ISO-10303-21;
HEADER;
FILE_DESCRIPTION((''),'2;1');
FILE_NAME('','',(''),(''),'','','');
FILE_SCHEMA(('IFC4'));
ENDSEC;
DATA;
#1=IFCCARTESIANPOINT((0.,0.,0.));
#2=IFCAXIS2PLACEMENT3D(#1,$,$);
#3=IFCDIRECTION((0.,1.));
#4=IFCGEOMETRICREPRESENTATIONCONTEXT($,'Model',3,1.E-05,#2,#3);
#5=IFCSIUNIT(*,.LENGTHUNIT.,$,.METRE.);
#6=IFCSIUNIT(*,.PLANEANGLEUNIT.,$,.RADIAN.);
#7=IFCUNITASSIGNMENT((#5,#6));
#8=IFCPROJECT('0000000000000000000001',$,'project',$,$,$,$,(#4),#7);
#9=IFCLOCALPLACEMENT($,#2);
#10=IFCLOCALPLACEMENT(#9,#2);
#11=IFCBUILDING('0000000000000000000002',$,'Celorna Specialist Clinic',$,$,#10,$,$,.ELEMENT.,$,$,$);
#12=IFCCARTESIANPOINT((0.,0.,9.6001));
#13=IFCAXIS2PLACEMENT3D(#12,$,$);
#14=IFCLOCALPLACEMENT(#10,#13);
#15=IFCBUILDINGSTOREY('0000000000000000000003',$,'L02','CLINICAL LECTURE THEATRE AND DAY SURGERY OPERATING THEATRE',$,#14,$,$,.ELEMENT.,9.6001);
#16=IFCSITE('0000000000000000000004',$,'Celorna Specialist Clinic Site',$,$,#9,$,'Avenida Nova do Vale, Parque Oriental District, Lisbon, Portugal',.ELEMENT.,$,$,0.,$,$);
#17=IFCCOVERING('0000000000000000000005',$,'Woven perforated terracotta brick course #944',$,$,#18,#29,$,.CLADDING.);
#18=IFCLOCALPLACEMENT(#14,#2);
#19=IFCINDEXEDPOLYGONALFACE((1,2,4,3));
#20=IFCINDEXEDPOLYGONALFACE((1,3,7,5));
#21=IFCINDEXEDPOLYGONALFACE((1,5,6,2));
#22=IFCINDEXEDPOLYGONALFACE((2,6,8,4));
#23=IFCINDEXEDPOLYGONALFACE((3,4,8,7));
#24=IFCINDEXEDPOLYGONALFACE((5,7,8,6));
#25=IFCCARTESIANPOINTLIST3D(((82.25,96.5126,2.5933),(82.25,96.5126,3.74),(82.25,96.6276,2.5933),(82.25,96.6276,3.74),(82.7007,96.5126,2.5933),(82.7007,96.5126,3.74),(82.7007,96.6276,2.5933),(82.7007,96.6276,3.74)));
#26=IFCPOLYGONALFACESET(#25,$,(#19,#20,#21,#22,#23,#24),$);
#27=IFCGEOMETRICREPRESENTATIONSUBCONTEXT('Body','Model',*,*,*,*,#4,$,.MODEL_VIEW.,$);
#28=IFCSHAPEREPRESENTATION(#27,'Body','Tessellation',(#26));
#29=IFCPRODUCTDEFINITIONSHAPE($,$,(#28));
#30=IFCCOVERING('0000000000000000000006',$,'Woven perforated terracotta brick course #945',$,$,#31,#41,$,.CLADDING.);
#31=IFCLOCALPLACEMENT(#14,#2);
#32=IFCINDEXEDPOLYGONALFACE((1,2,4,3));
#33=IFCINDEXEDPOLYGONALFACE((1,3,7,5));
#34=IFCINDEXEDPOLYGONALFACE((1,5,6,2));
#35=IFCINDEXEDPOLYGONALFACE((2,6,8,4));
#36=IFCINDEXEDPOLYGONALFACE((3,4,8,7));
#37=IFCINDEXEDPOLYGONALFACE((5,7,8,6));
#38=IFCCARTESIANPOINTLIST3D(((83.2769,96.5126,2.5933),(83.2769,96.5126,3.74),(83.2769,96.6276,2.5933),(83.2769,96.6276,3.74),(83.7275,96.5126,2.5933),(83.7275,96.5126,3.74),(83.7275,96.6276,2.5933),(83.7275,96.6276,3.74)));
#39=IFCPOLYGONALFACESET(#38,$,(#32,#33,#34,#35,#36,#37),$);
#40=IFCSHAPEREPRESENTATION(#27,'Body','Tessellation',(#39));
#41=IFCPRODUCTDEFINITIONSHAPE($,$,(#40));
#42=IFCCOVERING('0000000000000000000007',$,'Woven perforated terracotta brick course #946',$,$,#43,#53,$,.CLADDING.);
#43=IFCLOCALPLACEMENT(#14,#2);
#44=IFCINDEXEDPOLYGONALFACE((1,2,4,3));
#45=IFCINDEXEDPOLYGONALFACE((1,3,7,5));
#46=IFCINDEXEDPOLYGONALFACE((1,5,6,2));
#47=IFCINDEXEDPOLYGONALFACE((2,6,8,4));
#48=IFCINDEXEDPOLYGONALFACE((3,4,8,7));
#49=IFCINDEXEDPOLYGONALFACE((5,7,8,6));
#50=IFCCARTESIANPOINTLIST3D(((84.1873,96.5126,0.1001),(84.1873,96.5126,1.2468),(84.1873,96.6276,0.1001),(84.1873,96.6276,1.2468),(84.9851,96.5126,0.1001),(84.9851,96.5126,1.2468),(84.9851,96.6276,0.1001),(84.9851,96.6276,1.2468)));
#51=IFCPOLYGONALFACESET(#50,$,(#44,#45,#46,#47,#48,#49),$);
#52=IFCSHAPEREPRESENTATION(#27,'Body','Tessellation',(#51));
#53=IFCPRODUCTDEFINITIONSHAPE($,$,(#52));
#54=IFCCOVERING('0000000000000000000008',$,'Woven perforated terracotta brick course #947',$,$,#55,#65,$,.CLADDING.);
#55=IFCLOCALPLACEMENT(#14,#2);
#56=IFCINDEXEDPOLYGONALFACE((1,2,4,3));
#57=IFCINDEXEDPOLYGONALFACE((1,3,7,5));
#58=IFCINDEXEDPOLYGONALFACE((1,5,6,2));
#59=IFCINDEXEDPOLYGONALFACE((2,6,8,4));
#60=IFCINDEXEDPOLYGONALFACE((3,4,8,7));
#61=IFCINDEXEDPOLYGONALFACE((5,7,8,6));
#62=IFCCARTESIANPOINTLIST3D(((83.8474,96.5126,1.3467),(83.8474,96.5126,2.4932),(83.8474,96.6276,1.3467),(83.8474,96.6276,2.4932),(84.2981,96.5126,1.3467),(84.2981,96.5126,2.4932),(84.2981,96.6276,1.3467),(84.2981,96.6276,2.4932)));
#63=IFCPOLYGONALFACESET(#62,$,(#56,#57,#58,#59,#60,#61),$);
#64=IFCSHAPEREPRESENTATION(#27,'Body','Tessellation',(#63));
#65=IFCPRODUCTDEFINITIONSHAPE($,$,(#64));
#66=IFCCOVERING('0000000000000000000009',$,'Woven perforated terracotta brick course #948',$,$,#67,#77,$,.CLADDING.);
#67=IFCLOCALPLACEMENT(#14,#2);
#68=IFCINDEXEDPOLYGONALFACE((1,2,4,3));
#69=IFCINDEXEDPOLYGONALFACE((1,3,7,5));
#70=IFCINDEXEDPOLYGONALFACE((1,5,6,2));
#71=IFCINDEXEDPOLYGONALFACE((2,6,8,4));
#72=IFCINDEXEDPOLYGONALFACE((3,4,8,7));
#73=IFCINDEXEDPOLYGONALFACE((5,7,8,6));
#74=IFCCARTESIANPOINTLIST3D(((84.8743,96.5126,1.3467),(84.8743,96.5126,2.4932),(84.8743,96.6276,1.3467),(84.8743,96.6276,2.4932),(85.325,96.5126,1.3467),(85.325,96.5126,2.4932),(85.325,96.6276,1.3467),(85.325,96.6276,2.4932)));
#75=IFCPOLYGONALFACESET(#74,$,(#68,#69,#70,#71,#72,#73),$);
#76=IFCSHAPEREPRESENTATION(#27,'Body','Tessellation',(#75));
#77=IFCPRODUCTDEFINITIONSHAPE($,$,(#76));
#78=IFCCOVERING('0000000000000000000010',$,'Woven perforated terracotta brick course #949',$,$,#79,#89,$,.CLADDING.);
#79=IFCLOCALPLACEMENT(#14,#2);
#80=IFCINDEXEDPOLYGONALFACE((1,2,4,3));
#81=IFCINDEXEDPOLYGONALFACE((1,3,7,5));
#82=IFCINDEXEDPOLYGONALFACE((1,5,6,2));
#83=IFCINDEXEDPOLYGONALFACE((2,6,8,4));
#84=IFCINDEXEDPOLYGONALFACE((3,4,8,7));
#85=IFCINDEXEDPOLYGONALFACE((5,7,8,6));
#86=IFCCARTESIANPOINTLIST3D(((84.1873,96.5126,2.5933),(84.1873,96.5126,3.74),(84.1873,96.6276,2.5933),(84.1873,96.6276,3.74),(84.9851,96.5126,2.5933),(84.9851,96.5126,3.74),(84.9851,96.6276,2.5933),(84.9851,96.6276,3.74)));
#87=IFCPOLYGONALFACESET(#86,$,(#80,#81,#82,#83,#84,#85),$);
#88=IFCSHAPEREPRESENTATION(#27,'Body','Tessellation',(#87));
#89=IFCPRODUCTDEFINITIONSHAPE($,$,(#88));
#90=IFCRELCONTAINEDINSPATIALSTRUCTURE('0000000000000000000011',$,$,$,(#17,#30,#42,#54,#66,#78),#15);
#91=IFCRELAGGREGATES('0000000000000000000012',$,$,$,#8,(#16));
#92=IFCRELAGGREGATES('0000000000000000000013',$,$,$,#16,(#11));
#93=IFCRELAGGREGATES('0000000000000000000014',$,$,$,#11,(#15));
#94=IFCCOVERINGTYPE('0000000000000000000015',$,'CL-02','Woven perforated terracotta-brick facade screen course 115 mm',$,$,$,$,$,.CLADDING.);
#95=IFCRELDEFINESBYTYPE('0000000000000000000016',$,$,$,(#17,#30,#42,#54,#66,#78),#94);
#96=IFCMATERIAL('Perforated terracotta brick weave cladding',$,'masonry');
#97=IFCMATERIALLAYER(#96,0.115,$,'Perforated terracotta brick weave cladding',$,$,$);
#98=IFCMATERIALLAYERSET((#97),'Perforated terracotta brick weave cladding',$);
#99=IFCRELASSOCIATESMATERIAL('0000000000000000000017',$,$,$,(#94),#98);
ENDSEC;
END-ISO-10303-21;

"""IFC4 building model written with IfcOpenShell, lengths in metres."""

from ifc_helpers import new_model, si_unit, direction, frame, origin, origin_2d, place, context, subcontext, project, spatial, rectangle, extrude, material, layer, layer_set, type_object, element, save


model = new_model("IFC4")

# Units and contexts
model_context = context("Model", 3, precision=1e-05, world=origin(), true_north=direction((0.0, 1.0)))
body_context = subcontext(model_context, "Body", "Model", "MODEL_VIEW")
ifc_project = project(units=[si_unit("LENGTHUNIT", "METRE"), si_unit("PLANEANGLEUNIT", "RADIAN")], contexts=[model_context])

# Site, building, storey
site_placement = place(None, origin())
site = spatial("IfcSite", under=ifc_project, at=site_placement, Name="Celorna Specialist Clinic Site", LongName="Avenida Nova do Vale, Parque Oriental District, Lisbon, Portugal", CompositionType="ELEMENT", RefElevation=0.0)
building_placement = place(site_placement, origin())
building = spatial("IfcBuilding", under=site, at=building_placement, Name="Celorna Specialist Clinic", CompositionType="ELEMENT")
storey_placement = place(building_placement, frame((0.0, 0.0, 9.6001)))
storey = spatial("IfcBuildingStorey", under=building, at=storey_placement, Name="L02", Description="CLINICAL LECTURE THEATRE AND DAY SURGERY OPERATING THEATRE", CompositionType="ELEMENT", Elevation=9.6001)

# Coverings
ifc_material_1 = material(Name="Perforated terracotta brick weave cladding", Category="masonry")
ifc_layer_1 = layer(ifc_material_1, 0.115, Name="Perforated terracotta brick weave cladding")
ifc_layer_set_1 = layer_set([ifc_layer_1], Name="Perforated terracotta brick weave cladding")
covering_type = type_object("IfcCoveringType", Name="CL-02", Description="Woven perforated terracotta-brick facade screen course 115 mm", PredefinedType="CLADDING", material=ifc_layer_set_1)
for number, where, z_axis, x_axis, name in (
    (1, (82.4753, 96.5701, 2.5933), (0.0, 0.0, 1.0), (1.0, 0.0, 0.0), "Woven perforated terracotta brick course #944"),
    (2, (83.5022, 96.5701, 2.5933), (0.0, 0.0, 1.0), (1.0, 0.0, 0.0), "Woven perforated terracotta brick course #945"),
):
    element("IfcCovering", number, at=place(storey_placement, frame(where, z_axis=z_axis, x_axis=x_axis)), inside=storey, type_object=covering_type, Name=name, PredefinedType="CLADDING", context=body_context, shape_type="SweptSolid", body=[
        extrude(rectangle(XDim=0.4507, YDim=0.115, at=origin_2d()), origin(), (0.0, 0.0, 1.0), 1.1467),
    ])
covering_1_placement = place(storey_placement, frame((84.5862, 96.5701, 0.1001), z_axis=(0.0, 0.0, 1.0), x_axis=(1.0, 0.0, 0.0)))
element("IfcCovering", 3, at=covering_1_placement, inside=storey, type_object=covering_type, Name="Woven perforated terracotta brick course #946", PredefinedType="CLADDING", context=body_context, shape_type="SweptSolid", body=[
    extrude(rectangle(XDim=0.7979, YDim=0.115, at=origin_2d()), origin(), (0.0, 0.0, 1.0), 1.1467),
])
for number, where, z_axis, x_axis, name in (
    (4, (84.0728, 96.5701, 1.3467), (0.0, 0.0, 1.0), (1.0, 0.0, 0.0), "Woven perforated terracotta brick course #947"),
    (5, (85.0996, 96.5701, 1.3467), (0.0, 0.0, 1.0), (1.0, 0.0, 0.0), "Woven perforated terracotta brick course #948"),
):
    element("IfcCovering", number, at=place(storey_placement, frame(where, z_axis=z_axis, x_axis=x_axis)), inside=storey, type_object=covering_type, Name=name, PredefinedType="CLADDING", context=body_context, shape_type="SweptSolid", body=[
        extrude(rectangle(XDim=0.4507, YDim=0.115, at=origin_2d()), origin(), (0.0, 0.0, 1.0), 1.1465),
    ])
covering_2_placement = place(storey_placement, frame((84.5862, 96.5701, 2.5933), z_axis=(0.0, 0.0, 1.0), x_axis=(1.0, 0.0, 0.0)))
element("IfcCovering", 6, at=covering_2_placement, inside=storey, type_object=covering_type, Name="Woven perforated terracotta brick course #949", PredefinedType="CLADDING", context=body_context, shape_type="SweptSolid", body=[
    extrude(rectangle(XDim=0.7979, YDim=0.115, at=origin_2d()), origin(), (0.0, 0.0, 1.0), 1.1467),
])

save(model, "model.ifc")
